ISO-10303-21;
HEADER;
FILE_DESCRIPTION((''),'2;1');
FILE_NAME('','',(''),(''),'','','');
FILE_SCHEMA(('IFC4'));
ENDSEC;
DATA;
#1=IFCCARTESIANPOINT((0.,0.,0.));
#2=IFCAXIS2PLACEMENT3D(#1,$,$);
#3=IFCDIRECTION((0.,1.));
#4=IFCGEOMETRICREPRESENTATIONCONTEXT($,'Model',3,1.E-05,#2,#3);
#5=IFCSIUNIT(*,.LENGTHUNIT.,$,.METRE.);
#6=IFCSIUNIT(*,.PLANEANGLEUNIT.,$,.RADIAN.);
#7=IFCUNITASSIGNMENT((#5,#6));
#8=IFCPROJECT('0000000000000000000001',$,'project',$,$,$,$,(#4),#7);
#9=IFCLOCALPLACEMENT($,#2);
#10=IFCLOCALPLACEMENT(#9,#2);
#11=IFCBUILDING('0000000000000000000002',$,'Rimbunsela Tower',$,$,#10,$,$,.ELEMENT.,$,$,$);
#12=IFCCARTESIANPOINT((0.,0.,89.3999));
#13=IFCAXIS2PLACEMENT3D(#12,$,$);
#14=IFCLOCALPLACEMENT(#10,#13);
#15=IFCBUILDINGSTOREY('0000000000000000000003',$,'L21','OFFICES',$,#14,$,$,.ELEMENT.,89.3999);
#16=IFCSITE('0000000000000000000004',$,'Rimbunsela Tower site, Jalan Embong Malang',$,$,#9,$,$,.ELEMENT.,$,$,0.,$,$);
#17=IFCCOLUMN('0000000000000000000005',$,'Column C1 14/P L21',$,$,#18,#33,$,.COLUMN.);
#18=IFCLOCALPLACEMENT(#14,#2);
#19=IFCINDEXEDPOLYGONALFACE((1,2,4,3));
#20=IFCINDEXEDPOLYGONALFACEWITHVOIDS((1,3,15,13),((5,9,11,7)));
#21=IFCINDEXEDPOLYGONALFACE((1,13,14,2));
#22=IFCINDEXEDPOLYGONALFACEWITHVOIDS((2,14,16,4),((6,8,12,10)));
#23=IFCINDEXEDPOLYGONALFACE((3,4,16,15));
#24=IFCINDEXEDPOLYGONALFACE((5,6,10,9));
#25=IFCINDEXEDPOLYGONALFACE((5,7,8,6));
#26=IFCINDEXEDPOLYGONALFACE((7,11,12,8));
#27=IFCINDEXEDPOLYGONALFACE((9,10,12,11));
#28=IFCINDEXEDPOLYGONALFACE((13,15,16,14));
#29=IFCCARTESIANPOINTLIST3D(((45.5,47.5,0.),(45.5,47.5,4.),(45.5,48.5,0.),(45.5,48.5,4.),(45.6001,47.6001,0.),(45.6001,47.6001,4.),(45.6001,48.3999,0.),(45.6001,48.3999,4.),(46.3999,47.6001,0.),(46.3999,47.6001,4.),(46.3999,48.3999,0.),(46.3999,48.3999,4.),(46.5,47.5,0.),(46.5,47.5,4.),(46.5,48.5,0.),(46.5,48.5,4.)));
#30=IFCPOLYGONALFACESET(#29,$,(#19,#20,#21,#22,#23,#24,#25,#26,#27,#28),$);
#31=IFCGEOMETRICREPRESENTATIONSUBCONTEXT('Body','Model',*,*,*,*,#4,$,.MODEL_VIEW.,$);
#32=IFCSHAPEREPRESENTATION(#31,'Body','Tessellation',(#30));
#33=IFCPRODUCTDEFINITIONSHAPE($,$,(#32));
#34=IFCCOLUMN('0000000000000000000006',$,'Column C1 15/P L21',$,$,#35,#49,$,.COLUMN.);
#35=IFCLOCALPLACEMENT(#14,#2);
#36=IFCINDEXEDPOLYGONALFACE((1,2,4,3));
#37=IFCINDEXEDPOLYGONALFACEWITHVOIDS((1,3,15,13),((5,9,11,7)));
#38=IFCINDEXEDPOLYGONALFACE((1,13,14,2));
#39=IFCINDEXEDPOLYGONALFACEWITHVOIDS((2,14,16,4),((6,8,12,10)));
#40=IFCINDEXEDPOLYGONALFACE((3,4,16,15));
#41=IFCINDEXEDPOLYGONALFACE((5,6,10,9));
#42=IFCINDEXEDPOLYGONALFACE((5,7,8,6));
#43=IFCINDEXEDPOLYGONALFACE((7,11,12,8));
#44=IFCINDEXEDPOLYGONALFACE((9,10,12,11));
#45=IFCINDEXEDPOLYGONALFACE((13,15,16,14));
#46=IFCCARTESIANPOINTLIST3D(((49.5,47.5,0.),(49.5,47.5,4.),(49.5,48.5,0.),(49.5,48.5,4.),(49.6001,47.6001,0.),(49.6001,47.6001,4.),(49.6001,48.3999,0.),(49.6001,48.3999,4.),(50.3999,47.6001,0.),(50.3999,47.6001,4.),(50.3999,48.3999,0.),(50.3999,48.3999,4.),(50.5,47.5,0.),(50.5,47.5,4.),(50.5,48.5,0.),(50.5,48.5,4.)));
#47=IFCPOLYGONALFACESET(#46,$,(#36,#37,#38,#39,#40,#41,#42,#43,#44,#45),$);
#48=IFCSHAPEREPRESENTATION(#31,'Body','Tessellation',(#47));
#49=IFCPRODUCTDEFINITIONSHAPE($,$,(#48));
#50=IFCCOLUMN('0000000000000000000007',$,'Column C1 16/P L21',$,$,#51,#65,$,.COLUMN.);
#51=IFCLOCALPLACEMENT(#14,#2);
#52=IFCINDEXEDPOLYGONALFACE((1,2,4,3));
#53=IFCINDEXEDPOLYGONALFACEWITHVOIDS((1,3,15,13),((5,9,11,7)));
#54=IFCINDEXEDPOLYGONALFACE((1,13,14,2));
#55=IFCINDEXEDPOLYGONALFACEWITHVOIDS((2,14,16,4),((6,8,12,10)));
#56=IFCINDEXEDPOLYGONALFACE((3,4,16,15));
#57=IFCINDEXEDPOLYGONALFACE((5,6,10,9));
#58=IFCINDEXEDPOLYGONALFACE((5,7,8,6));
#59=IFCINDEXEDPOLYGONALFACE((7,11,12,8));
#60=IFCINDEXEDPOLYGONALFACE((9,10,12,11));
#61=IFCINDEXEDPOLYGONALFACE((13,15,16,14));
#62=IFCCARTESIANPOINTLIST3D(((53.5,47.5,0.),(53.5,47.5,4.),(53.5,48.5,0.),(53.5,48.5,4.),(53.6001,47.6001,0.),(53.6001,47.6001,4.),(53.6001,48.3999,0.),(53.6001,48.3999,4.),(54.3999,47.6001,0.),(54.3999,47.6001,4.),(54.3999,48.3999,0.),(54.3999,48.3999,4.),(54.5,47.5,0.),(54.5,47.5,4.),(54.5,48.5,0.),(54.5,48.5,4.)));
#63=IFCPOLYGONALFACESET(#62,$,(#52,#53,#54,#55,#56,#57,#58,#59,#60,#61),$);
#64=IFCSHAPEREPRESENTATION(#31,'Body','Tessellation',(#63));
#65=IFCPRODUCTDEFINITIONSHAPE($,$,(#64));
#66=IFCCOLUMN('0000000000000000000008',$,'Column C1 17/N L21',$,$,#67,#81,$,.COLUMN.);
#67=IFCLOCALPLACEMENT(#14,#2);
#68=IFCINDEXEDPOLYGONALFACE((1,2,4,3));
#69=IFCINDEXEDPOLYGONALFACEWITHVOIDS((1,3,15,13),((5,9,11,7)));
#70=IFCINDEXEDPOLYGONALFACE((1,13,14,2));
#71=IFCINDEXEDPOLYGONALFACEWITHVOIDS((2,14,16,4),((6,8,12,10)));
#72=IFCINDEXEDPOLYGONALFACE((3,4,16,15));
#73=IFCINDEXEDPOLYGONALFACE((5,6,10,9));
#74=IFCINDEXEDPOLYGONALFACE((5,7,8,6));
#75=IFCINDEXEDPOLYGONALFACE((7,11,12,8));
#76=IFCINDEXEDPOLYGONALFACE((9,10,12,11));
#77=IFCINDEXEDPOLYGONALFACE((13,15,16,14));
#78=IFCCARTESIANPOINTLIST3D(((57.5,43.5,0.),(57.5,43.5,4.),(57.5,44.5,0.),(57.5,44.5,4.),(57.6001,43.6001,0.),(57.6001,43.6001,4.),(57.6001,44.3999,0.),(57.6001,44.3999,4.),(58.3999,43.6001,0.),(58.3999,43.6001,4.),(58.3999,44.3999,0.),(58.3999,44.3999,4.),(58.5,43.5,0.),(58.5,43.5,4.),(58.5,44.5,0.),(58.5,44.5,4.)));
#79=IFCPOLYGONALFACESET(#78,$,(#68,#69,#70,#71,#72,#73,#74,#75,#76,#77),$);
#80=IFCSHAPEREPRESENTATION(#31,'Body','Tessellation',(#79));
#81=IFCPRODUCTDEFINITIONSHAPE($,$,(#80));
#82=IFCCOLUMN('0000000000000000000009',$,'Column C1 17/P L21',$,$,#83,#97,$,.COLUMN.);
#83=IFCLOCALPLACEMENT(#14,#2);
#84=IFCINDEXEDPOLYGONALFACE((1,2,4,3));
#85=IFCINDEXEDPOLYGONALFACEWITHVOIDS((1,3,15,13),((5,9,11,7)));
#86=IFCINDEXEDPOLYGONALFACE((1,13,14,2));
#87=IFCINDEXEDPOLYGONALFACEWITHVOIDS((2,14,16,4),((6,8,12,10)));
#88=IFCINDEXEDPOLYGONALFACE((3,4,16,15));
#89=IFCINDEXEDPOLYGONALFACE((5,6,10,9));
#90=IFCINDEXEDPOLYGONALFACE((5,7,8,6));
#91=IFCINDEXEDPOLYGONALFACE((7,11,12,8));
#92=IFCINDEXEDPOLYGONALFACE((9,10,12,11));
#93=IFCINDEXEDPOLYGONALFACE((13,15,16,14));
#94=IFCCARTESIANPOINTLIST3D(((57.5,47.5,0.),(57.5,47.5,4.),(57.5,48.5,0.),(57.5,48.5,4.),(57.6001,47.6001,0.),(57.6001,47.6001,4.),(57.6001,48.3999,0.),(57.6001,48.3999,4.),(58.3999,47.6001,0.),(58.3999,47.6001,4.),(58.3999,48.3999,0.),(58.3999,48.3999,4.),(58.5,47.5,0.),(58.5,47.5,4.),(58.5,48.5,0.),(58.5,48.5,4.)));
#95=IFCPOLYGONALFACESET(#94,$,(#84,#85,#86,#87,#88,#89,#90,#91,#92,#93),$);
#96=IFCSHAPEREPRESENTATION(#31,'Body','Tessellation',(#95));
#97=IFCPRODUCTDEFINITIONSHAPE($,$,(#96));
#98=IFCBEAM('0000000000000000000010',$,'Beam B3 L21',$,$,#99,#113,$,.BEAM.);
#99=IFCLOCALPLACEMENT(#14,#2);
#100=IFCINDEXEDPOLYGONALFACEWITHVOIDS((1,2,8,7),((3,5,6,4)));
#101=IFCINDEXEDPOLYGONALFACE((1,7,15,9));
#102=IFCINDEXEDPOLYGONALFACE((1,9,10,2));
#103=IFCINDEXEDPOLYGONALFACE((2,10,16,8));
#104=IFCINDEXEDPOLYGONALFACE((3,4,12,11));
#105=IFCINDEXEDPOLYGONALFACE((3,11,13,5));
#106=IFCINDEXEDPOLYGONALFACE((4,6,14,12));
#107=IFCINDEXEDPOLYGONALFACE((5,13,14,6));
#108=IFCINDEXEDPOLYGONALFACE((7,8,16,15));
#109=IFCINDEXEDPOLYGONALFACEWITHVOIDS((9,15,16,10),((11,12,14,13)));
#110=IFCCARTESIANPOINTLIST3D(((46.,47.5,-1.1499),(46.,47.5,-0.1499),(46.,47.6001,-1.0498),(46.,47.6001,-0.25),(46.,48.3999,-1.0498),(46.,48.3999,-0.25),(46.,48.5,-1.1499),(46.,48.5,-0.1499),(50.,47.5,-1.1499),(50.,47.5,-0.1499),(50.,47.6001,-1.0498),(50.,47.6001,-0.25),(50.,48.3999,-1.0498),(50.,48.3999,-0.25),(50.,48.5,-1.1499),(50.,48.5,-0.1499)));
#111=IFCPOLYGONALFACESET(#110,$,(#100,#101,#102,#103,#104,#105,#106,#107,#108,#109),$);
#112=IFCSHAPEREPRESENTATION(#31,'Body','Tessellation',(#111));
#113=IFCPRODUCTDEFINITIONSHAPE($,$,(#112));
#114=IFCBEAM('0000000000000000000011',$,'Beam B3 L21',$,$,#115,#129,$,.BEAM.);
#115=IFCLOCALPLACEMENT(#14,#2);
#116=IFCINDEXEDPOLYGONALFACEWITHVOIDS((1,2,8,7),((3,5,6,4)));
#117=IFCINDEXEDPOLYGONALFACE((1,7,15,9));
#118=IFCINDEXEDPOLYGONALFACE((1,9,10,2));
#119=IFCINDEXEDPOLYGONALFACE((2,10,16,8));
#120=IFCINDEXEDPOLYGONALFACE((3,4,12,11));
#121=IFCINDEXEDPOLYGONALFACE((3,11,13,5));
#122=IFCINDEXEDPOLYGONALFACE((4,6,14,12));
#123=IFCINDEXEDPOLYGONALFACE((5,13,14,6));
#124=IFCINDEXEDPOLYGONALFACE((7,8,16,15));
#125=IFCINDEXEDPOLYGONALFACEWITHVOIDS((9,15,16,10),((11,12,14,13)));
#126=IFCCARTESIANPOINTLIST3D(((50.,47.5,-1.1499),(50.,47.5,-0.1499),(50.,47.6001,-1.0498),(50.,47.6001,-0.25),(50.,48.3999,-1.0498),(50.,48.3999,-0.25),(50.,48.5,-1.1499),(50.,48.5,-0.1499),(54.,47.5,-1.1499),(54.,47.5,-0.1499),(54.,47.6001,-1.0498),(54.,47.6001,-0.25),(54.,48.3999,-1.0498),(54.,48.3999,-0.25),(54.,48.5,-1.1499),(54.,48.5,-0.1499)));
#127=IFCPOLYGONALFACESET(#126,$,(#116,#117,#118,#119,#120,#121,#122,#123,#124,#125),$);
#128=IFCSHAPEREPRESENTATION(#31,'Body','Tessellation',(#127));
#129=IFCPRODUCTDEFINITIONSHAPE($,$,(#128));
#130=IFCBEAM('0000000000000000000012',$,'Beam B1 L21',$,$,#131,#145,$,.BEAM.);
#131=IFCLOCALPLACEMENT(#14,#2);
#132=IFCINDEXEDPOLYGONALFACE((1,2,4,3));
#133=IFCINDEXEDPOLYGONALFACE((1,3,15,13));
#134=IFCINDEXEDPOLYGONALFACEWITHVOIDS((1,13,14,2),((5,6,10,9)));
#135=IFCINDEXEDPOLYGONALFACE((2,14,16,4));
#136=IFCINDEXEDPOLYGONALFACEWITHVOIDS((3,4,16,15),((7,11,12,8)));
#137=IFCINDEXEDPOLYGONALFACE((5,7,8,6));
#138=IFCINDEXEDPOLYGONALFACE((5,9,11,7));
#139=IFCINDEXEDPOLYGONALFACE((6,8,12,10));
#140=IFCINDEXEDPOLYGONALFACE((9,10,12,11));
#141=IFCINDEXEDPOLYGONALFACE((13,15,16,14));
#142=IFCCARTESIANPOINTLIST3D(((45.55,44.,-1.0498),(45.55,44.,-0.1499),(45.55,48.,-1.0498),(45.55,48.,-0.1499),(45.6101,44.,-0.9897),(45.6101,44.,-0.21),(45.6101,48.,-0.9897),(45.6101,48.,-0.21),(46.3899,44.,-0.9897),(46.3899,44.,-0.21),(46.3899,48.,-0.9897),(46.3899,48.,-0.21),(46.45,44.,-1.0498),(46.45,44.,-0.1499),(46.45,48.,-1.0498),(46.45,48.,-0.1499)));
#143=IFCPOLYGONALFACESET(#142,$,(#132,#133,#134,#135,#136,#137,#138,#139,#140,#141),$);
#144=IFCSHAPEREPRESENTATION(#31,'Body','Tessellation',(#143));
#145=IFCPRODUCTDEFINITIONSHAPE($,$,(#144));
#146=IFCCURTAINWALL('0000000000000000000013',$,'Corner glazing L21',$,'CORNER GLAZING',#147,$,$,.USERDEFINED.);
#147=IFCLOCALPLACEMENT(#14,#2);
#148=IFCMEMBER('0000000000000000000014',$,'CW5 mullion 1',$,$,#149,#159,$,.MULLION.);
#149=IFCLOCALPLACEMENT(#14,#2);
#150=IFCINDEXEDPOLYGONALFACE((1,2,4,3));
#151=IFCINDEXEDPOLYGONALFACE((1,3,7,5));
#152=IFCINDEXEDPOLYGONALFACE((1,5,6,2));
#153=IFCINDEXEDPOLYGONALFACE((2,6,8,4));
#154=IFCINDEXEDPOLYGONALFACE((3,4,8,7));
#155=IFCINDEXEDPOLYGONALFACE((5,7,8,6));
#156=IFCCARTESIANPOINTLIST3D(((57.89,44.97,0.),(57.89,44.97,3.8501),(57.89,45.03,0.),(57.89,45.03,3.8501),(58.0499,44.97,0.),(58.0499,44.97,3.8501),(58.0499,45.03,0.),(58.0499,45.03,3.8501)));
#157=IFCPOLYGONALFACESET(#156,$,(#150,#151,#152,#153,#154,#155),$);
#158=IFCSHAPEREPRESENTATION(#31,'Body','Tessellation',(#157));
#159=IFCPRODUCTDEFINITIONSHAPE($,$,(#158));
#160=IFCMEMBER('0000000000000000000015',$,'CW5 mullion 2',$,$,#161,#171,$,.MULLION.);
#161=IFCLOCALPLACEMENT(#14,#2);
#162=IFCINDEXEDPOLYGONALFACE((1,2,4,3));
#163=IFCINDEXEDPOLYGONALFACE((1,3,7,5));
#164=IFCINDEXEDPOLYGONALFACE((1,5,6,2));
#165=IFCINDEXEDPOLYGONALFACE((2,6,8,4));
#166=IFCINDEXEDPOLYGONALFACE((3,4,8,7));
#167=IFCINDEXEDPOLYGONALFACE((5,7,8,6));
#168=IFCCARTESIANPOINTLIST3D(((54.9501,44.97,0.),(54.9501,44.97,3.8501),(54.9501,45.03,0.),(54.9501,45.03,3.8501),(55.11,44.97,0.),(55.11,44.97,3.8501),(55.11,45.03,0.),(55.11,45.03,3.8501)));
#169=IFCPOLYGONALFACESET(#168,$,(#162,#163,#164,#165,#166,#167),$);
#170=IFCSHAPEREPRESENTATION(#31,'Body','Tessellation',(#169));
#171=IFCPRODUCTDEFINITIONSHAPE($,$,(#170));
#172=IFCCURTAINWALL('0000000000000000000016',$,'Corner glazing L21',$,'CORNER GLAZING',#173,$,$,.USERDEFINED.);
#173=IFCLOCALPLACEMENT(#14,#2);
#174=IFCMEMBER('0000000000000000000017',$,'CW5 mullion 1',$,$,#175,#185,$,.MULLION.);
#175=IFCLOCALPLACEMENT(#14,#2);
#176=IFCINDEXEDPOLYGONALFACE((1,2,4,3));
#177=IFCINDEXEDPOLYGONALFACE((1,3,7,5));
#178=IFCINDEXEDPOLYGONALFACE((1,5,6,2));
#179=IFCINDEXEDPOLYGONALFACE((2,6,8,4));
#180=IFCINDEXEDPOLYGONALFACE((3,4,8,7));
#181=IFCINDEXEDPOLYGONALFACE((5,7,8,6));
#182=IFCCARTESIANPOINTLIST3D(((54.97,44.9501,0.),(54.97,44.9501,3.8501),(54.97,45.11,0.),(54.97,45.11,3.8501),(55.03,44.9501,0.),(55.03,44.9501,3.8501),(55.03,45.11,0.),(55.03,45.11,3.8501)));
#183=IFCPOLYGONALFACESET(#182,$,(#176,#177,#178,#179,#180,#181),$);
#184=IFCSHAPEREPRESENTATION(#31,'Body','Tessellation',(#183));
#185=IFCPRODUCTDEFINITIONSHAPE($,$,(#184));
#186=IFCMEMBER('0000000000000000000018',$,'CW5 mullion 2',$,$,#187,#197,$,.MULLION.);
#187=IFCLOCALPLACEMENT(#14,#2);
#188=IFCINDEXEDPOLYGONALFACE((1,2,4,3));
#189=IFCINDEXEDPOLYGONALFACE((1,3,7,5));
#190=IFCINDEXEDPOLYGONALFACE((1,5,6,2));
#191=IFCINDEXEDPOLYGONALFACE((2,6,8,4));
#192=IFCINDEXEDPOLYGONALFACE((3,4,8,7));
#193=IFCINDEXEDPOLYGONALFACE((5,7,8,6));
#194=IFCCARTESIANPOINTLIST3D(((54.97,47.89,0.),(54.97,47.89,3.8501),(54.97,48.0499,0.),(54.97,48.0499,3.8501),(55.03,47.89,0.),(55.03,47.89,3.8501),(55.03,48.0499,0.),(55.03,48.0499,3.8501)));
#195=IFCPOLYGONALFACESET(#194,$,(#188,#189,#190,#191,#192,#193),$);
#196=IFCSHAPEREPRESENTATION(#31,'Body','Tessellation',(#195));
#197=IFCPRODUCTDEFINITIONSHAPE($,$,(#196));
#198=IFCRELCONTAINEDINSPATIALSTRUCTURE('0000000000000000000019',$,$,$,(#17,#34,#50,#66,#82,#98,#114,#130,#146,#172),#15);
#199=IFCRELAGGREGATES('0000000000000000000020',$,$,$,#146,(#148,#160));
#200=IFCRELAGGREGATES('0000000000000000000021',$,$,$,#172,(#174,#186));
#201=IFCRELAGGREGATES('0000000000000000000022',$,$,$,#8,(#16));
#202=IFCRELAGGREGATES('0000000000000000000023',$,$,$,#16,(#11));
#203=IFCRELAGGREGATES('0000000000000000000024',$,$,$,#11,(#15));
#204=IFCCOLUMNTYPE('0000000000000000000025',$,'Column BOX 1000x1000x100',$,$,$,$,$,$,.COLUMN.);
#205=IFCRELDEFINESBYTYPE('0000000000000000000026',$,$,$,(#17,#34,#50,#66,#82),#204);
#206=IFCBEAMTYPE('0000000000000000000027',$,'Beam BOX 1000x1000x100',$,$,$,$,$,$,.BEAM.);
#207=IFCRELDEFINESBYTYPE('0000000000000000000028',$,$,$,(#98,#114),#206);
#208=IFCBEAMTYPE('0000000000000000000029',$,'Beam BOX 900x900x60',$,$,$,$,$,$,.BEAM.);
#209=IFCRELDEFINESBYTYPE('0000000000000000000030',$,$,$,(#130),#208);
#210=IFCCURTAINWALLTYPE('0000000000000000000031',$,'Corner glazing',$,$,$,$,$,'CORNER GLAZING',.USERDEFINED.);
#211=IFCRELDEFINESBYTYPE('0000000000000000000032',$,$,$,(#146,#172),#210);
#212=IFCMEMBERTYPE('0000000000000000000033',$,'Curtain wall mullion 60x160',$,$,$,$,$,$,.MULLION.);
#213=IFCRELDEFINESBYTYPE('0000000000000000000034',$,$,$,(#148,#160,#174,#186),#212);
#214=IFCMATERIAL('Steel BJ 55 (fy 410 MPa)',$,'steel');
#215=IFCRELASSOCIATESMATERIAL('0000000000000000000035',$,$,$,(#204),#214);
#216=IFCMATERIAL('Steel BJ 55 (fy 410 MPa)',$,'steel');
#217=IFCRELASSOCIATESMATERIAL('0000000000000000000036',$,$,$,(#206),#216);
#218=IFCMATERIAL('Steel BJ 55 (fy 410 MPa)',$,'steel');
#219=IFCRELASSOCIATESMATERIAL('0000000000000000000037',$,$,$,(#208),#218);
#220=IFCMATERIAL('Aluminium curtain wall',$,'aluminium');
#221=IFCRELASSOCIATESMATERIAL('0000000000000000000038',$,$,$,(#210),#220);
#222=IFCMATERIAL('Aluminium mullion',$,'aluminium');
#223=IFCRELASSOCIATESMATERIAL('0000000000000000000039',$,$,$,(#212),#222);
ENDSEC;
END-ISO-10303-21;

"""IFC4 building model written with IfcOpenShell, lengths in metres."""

from ifc_helpers import new_model, si_unit, direction, frame, origin, origin_2d, place, context, subcontext, project, spatial, rectangle, hollow_rectangle, extrude, material, material_profile, profile_set, type_object, element, aggregate, save


model = new_model("IFC4")

# Units and contexts
model_context = context("Model", 3, precision=1e-05, world=origin(), true_north=direction((0.0, 1.0)))
body_context = subcontext(model_context, "Body", "Model", "MODEL_VIEW")
ifc_project = project(units=[si_unit("LENGTHUNIT", "METRE"), si_unit("PLANEANGLEUNIT", "RADIAN")], contexts=[model_context])

# Site, building, storey
site_placement = place(None, origin())
site = spatial("IfcSite", under=ifc_project, at=site_placement, Name="Rimbunsela Tower site, Jalan Embong Malang", CompositionType="ELEMENT", RefElevation=0.0)
building_placement = place(site_placement, origin())
building = spatial("IfcBuilding", under=site, at=building_placement, Name="Rimbunsela Tower", CompositionType="ELEMENT")
storey_placement = place(building_placement, frame((0.0, 0.0, 89.3999)))
storey = spatial("IfcBuildingStorey", under=building, at=storey_placement, Name="L21", Description="OFFICES", CompositionType="ELEMENT", Elevation=89.3999)

# Columns
ifc_material_1 = material(Name="Steel BJ 55 (fy 410 MPa)", Category="steel")
ifc_material_profile_1 = material_profile(ifc_material_1, hollow_rectangle(XDim=1.0, YDim=1.0, WallThickness=0.1001, at=origin_2d()), Name="BOX 1000x1000x100")
ifc_profile_set_1 = profile_set([ifc_material_profile_1], Name="Steel BJ 55 (fy 410 MPa)")
column_type = type_object("IfcColumnType", Name="Column BOX 1000x1000x100", PredefinedType="COLUMN", material=ifc_profile_set_1)
for number, where, z_axis, x_axis, name in (
    (1, (46.0, 48.0, 0.0), (0.0, 0.0, 1.0), (1.0, 0.0, 0.0), "Column C1 14/P L21"),
    (2, (50.0, 48.0, 0.0), (0.0, 0.0, 1.0), (1.0, 0.0, 0.0), "Column C1 15/P L21"),
    (3, (54.0, 48.0, 0.0), (0.0, 0.0, 1.0), (1.0, 0.0, 0.0), "Column C1 16/P L21"),
    (4, (58.0, 44.0, 0.0), (0.0, 0.0, 1.0), (1.0, 0.0, 0.0), "Column C1 17/N L21"),
    (5, (58.0, 48.0, 0.0), (0.0, 0.0, 1.0), (1.0, 0.0, 0.0), "Column C1 17/P L21"),
):
    element("IfcColumn", number, at=place(storey_placement, frame(where, z_axis=z_axis, x_axis=x_axis)), inside=storey, type_object=column_type, Name=name, PredefinedType="COLUMN", context=body_context, shape_type="SweptSolid", body=[
        extrude(hollow_rectangle(XDim=1.0, YDim=1.0, WallThickness=0.1001, at=origin_2d()), origin(), (0.0, 0.0, 1.0), 4.0),
    ])

# Beams
ifc_material_2 = material(Name="Steel BJ 55 (fy 410 MPa)", Category="steel")
ifc_material_profile_2 = material_profile(ifc_material_2, hollow_rectangle(XDim=1.0, YDim=1.0, WallThickness=0.1001, at=origin_2d()), Name="BOX 1000x1000x100")
ifc_profile_set_2 = profile_set([ifc_material_profile_2], Name="Steel BJ 55 (fy 410 MPa)")
beam_type_1 = type_object("IfcBeamType", Name="Beam BOX 1000x1000x100", PredefinedType="BEAM", material=ifc_profile_set_2)
for number, where, z_axis, x_axis, name in (
    (6, (46.0, 48.0, -0.6499), (1.0, 0.0, 0.0), (0.0, 1.0, 0.0), "Beam B3 L21"),
    (7, (50.0, 48.0, -0.6499), (1.0, 0.0, 0.0), (0.0, 1.0, 0.0), "Beam B3 L21"),
):
    element("IfcBeam", number, at=place(storey_placement, frame(where, z_axis=z_axis, x_axis=x_axis)), inside=storey, type_object=beam_type_1, Name=name, PredefinedType="BEAM", context=body_context, shape_type="SweptSolid", body=[
        extrude(hollow_rectangle(XDim=1.0, YDim=1.0, WallThickness=0.1001, at=origin_2d()), origin(), (0.0, 0.0, 1.0), 4.0),
    ])
ifc_material_3 = material(Name="Steel BJ 55 (fy 410 MPa)", Category="steel")
ifc_material_profile_3 = material_profile(ifc_material_3, hollow_rectangle(XDim=0.8999, YDim=0.8999, WallThickness=0.0601, at=origin_2d()), Name="BOX 900x900x60")
ifc_profile_set_3 = profile_set([ifc_material_profile_3], Name="Steel BJ 55 (fy 410 MPa)")
beam_type_2 = type_object("IfcBeamType", Name="Beam BOX 900x900x60", PredefinedType="BEAM", material=ifc_profile_set_3)
beam_placement = place(storey_placement, frame((46.0, 44.0, -0.5999), z_axis=(0.0, 1.0, 0.0), x_axis=(-1.0, 0.0, 0.0)))
element("IfcBeam", 8, at=beam_placement, inside=storey, type_object=beam_type_2, Name="Beam B1 L21", PredefinedType="BEAM", context=body_context, shape_type="SweptSolid", body=[
    extrude(hollow_rectangle(XDim=0.8999, YDim=0.8999, WallThickness=0.0601, at=origin_2d()), origin(), (0.0, 0.0, 1.0), 4.0),
])

# Curtain walls, members
ifc_material_4 = material(Name="Aluminium curtain wall", Category="aluminium")
curtain_wall_type = type_object("IfcCurtainWallType", Name="Corner glazing", ElementType="CORNER GLAZING", PredefinedType="USERDEFINED", material=ifc_material_4)
curtain_wall_1_placement = place(storey_placement, origin())
curtain_wall_1 = element("IfcCurtainWall", 9, at=curtain_wall_1_placement, inside=storey, type_object=curtain_wall_type, Name="Corner glazing L21", ObjectType="CORNER GLAZING", PredefinedType="USERDEFINED")
ifc_material_5 = material(Name="Aluminium mullion", Category="aluminium")
ifc_material_profile_4 = material_profile(ifc_material_5, rectangle(XDim=0.0601, YDim=0.1599, at=origin_2d()), Name="Mullion 60x160")
ifc_profile_set_4 = profile_set([ifc_material_profile_4], Name="Aluminium mullion")
member_type_1 = type_object("IfcMemberType", Name="Curtain wall mullion 60x160", PredefinedType="MULLION", material=ifc_profile_set_4)
member_1_placement = place(storey_placement, frame((57.97, 45.0, 0.0), z_axis=(0.0, 0.0, 1.0), x_axis=(0.0, -1.0, 0.0)))
member_1 = element("IfcMember", 10, at=member_1_placement, type_object=member_type_1, Name="CW5 mullion 1", PredefinedType="MULLION", context=body_context, shape_type="SweptSolid", body=[
    extrude(rectangle(XDim=0.0601, YDim=0.1599, at=origin_2d()), origin(), (0.0, 0.0, 1.0), 3.8501),
])
member_2_placement = place(storey_placement, frame((55.03, 45.0, 0.0), z_axis=(0.0, 0.0, 1.0), x_axis=(0.0, -1.0, 0.0)))
member_2 = element("IfcMember", 11, at=member_2_placement, type_object=member_type_1, Name="CW5 mullion 2", PredefinedType="MULLION", context=body_context, shape_type="SweptSolid", body=[
    extrude(rectangle(XDim=0.0601, YDim=0.1599, at=origin_2d()), origin(), (0.0, 0.0, 1.0), 3.8501),
])
curtain_wall_2_placement = place(storey_placement, origin())
curtain_wall_2 = element("IfcCurtainWall", 12, at=curtain_wall_2_placement, inside=storey, type_object=curtain_wall_type, Name="Corner glazing L21", ObjectType="CORNER GLAZING", PredefinedType="USERDEFINED")
member_3_placement = place(storey_placement, frame((55.0, 45.03, 0.0), z_axis=(0.0, 0.0, 1.0), x_axis=(-1.0, 0.0, 0.0)))
member_3 = element("IfcMember", 13, at=member_3_placement, type_object=member_type_1, Name="CW5 mullion 1", PredefinedType="MULLION", context=body_context, shape_type="SweptSolid", body=[
    extrude(rectangle(XDim=0.0601, YDim=0.1599, at=origin_2d()), origin(), (0.0, 0.0, 1.0), 3.8501),
])
member_4_placement = place(storey_placement, frame((55.0, 47.97, 0.0), z_axis=(0.0, 0.0, 1.0), x_axis=(-1.0, 0.0, 0.0)))
member_4 = element("IfcMember", 14, at=member_4_placement, type_object=member_type_1, Name="CW5 mullion 2", PredefinedType="MULLION", context=body_context, shape_type="SweptSolid", body=[
    extrude(rectangle(XDim=0.0601, YDim=0.1599, at=origin_2d()), origin(), (0.0, 0.0, 1.0), 3.8501),
])

aggregate(curtain_wall_1, [member_1, member_2])
aggregate(curtain_wall_2, [member_3, member_4])

save(model, "model.ifc")
